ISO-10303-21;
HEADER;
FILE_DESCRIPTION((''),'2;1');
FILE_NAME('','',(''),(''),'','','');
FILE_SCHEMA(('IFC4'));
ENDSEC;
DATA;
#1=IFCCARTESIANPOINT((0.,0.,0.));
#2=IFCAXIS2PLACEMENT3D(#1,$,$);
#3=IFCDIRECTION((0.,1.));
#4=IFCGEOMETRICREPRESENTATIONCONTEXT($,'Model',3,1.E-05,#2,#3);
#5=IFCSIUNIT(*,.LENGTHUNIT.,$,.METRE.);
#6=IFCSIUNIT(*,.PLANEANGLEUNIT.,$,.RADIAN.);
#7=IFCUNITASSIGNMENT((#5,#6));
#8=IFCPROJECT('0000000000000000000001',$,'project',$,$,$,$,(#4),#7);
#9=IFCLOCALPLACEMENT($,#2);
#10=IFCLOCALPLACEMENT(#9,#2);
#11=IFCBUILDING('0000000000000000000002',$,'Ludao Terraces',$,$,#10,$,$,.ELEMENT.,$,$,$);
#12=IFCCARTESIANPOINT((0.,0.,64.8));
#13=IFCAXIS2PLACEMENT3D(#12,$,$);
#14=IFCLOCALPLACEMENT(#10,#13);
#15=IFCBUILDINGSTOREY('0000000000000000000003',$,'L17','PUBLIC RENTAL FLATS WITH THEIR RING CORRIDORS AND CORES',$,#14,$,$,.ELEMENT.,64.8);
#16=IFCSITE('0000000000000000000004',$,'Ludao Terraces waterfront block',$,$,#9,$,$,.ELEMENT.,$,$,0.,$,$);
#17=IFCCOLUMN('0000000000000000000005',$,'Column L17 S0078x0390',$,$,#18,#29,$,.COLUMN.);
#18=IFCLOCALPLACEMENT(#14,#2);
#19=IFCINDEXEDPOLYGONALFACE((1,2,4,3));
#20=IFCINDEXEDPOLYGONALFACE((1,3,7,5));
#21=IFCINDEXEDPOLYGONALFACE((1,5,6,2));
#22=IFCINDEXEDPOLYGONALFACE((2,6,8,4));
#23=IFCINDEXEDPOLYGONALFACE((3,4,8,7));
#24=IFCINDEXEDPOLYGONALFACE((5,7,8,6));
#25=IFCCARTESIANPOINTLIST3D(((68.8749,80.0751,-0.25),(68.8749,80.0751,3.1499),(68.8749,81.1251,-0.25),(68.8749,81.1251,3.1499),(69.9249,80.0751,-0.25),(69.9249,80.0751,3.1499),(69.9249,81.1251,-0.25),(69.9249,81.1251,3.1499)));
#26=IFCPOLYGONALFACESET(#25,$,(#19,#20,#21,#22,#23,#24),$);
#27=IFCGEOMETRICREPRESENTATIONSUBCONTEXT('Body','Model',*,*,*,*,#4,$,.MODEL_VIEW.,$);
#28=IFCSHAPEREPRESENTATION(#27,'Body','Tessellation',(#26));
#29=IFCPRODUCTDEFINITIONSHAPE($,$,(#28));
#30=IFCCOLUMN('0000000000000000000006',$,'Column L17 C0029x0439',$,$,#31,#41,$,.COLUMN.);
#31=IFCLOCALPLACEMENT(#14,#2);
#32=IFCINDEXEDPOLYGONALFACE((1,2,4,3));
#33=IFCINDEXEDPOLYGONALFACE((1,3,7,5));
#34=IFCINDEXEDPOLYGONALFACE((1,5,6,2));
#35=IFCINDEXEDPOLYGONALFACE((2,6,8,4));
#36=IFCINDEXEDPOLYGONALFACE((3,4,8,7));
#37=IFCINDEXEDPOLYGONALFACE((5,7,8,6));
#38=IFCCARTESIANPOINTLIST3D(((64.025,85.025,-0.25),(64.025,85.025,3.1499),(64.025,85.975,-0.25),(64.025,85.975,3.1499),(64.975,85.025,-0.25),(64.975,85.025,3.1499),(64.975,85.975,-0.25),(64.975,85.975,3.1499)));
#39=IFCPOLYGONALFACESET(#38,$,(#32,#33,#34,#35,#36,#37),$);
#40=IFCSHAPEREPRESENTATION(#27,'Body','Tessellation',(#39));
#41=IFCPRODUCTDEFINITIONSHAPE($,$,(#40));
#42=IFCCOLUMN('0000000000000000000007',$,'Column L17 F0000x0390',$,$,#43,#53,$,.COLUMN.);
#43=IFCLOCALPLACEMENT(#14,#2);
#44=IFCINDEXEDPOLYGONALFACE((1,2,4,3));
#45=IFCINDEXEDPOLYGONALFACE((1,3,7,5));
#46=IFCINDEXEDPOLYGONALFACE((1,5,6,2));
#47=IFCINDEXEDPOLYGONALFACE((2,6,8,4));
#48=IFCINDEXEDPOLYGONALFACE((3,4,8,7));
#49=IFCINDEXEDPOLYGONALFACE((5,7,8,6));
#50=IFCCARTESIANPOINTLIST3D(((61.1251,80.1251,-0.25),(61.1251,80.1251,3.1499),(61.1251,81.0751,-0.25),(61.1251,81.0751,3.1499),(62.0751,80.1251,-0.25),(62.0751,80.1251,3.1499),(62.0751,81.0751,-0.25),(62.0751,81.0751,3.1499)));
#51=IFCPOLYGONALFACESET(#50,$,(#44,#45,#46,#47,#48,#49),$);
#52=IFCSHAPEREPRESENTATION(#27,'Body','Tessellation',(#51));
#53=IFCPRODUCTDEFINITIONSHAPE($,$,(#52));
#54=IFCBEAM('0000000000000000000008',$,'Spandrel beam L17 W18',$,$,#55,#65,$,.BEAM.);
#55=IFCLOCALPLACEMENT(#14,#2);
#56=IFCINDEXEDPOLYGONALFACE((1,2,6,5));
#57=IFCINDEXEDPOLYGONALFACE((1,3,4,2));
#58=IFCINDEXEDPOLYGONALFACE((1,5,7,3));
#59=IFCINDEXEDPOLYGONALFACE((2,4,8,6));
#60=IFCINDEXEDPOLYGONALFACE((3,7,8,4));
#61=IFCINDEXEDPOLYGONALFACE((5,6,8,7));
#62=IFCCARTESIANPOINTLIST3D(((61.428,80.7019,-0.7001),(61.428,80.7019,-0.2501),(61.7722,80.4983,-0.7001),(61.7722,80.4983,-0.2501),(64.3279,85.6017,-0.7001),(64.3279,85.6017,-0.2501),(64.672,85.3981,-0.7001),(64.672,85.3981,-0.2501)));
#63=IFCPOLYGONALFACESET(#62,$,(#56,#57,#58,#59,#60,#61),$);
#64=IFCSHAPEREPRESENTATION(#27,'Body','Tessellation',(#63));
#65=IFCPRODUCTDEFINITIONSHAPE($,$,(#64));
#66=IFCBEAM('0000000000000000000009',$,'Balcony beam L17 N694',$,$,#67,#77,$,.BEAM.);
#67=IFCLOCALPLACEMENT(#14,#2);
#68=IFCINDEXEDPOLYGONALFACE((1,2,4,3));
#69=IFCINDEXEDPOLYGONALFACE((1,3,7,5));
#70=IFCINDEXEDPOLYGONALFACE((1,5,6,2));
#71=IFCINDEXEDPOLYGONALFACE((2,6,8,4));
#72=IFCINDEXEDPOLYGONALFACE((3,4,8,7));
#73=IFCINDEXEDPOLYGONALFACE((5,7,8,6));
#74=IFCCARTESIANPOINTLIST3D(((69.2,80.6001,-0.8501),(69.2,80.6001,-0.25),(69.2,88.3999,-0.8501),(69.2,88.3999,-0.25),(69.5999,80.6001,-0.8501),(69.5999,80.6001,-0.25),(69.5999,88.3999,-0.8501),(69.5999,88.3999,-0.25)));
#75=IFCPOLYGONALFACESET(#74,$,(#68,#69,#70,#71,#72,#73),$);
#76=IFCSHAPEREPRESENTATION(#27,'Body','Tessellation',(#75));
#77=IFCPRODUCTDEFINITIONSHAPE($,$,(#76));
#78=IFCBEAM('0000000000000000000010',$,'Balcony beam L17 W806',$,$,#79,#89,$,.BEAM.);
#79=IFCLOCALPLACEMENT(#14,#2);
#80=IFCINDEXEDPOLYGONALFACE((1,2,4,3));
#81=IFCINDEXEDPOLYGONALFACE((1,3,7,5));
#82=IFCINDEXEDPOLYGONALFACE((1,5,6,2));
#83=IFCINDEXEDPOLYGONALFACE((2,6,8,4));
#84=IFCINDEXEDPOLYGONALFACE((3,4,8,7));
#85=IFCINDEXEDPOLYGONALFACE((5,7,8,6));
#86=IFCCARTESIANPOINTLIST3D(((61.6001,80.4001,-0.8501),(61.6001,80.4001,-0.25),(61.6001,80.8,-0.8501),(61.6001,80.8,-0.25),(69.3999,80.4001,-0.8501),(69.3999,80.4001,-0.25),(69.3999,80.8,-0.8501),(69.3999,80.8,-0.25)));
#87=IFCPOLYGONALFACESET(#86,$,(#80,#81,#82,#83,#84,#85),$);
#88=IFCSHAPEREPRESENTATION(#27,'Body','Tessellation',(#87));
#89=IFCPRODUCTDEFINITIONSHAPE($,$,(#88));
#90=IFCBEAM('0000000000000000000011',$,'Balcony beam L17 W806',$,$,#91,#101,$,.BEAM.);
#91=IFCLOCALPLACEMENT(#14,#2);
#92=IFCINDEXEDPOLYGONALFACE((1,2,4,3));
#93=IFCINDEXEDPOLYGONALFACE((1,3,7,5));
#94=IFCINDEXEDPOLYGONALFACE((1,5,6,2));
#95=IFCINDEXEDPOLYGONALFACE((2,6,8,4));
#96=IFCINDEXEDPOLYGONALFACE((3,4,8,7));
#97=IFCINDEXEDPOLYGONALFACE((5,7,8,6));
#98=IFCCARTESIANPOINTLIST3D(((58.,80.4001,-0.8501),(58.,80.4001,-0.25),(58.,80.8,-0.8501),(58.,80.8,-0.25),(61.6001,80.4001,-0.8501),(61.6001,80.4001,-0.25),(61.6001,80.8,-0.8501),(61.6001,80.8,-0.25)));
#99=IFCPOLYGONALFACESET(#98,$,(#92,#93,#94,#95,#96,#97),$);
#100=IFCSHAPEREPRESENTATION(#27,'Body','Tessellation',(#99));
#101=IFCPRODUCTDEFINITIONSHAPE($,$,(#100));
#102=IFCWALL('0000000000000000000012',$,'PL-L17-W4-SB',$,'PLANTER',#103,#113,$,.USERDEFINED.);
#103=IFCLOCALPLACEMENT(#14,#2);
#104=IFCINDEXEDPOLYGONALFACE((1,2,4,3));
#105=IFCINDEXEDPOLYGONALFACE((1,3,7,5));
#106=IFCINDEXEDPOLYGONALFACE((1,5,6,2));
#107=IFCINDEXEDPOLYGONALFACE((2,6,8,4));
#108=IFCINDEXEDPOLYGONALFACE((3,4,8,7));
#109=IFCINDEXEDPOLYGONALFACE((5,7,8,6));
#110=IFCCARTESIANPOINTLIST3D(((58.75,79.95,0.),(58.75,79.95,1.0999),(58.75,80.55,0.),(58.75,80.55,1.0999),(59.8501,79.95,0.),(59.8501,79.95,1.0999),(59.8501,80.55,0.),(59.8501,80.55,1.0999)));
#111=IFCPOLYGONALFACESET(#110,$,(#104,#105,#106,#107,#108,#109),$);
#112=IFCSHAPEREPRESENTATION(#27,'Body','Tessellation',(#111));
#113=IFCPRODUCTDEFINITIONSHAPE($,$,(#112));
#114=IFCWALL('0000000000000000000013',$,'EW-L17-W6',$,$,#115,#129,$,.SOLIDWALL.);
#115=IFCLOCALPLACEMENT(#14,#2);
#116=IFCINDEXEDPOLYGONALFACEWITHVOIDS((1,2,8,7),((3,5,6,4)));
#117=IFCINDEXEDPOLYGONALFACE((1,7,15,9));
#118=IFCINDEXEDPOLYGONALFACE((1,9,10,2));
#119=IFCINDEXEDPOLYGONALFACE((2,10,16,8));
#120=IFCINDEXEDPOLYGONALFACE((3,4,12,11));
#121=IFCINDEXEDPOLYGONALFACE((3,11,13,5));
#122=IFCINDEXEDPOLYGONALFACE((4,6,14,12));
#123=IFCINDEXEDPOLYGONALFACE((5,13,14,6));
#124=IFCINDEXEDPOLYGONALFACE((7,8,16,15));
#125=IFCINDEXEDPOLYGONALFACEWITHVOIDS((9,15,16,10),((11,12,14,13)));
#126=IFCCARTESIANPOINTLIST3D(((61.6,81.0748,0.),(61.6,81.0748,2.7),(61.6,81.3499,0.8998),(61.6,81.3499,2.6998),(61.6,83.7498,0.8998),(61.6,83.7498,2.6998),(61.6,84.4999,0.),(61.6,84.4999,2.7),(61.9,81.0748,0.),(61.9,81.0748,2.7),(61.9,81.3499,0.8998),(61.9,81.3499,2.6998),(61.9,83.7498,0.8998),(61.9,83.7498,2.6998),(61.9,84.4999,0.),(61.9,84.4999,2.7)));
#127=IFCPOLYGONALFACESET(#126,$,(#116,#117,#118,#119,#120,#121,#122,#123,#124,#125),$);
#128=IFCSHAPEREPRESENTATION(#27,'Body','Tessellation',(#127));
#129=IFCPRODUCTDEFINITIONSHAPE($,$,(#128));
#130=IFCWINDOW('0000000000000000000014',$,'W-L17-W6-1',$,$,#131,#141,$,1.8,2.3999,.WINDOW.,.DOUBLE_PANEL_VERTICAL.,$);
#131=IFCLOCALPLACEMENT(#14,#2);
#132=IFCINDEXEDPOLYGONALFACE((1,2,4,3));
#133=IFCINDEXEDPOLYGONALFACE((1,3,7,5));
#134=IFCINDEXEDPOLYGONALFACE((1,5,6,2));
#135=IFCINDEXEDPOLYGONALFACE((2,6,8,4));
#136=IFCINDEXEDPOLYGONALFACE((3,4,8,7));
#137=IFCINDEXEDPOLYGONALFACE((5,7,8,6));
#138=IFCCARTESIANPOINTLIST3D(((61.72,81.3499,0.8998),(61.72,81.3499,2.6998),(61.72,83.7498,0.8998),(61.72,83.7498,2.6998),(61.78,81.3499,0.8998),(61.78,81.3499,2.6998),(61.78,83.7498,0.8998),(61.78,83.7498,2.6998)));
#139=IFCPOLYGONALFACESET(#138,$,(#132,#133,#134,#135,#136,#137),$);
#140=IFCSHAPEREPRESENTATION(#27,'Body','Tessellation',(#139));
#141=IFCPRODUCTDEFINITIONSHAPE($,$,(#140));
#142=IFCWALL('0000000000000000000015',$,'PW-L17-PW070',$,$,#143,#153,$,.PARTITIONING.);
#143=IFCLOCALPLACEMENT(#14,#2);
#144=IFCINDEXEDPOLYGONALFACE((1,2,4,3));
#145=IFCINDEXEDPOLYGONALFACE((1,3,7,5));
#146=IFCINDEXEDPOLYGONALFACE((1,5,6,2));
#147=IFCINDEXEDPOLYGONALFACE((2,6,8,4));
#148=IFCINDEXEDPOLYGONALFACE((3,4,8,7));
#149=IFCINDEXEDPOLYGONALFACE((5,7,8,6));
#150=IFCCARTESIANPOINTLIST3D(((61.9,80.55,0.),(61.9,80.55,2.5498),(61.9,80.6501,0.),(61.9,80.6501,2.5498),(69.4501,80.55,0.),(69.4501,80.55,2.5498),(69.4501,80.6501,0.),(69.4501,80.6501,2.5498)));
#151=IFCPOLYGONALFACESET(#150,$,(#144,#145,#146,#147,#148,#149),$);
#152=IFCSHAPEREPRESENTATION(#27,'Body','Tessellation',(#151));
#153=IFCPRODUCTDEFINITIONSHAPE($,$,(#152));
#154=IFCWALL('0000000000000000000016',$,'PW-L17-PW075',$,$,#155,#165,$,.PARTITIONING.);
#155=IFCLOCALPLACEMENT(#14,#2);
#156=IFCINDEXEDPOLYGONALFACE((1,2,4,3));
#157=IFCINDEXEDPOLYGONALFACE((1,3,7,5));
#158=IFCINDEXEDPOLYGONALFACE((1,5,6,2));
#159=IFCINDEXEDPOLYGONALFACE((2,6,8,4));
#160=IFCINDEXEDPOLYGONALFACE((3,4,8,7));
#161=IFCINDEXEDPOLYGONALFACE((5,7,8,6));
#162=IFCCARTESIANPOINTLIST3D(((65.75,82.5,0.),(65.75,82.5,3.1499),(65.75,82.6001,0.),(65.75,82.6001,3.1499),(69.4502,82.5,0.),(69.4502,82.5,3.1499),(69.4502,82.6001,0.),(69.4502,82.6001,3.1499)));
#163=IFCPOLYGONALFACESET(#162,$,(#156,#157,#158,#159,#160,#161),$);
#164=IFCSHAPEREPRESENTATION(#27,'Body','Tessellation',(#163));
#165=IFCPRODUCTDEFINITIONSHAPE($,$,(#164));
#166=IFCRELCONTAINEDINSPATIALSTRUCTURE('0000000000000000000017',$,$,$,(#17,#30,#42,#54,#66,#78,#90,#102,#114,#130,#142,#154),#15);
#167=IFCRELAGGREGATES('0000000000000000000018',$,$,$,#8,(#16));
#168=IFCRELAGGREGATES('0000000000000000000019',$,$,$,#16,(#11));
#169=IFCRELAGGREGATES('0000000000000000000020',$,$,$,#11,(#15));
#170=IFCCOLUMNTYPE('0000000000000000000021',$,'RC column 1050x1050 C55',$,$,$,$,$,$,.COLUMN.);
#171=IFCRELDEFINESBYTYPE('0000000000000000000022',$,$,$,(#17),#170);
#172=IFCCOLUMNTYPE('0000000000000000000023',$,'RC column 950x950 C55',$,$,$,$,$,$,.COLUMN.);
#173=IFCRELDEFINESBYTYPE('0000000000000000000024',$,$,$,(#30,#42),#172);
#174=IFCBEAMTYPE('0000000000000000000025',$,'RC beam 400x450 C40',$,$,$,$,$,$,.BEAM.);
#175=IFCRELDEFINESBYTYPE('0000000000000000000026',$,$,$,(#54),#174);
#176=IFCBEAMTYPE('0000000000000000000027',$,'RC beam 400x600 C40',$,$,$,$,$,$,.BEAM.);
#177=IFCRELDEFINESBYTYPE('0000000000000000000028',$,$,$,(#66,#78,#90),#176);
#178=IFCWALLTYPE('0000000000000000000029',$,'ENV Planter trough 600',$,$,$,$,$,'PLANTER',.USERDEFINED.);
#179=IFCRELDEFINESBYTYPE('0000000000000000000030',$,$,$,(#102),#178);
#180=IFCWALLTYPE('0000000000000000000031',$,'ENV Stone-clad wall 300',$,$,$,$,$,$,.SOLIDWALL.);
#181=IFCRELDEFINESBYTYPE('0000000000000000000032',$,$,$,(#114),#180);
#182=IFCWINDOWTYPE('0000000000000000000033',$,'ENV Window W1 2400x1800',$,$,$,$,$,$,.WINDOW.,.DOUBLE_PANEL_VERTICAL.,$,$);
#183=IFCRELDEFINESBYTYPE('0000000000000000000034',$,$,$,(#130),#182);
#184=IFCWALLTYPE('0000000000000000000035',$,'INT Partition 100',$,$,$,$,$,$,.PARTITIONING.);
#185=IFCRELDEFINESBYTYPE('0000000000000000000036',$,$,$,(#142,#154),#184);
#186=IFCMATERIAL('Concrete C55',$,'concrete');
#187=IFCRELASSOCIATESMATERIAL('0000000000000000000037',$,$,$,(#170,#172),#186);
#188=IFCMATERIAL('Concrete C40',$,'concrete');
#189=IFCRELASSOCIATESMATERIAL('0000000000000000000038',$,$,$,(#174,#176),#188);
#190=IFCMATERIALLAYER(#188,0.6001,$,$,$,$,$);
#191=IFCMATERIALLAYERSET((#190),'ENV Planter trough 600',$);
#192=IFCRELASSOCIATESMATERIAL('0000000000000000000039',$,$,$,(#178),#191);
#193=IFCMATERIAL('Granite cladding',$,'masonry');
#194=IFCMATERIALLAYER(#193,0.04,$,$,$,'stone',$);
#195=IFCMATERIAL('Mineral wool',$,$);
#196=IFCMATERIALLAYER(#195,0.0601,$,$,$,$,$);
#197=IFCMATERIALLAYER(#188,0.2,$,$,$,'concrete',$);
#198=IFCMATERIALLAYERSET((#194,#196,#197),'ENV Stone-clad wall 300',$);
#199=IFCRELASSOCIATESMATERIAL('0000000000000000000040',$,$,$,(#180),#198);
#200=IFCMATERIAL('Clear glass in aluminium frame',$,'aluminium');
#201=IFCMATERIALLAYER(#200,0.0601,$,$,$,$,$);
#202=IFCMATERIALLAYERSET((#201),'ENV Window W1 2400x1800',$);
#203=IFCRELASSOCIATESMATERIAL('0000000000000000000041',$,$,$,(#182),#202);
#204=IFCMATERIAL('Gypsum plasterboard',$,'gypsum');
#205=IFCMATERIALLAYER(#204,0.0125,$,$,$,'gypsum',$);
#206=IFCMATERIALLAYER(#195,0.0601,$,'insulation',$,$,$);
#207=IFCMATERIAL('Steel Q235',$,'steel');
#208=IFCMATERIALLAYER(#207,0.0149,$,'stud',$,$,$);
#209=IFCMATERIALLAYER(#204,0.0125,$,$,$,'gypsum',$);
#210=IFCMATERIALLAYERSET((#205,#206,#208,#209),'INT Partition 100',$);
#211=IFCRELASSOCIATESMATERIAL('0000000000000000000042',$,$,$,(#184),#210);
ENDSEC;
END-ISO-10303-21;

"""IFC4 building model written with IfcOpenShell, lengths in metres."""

from ifc_helpers import new_model, si_unit, direction, frame, frame_2d, origin, origin_2d, place, context, subcontext, project, spatial, rectangle, extrude, material, layer, layer_set, material_profile, profile_set, type_object, element, fill, save


model = new_model("IFC4")

# Units and contexts
model_context = context("Model", 3, precision=1e-05, world=origin(), true_north=direction((0.0, 1.0)))
body_context = subcontext(model_context, "Body", "Model", "MODEL_VIEW")
ifc_project = project(units=[si_unit("LENGTHUNIT", "METRE"), si_unit("PLANEANGLEUNIT", "RADIAN")], contexts=[model_context])

# Site, building, storey
site_placement = place(None, origin())
site = spatial("IfcSite", under=ifc_project, at=site_placement, Name="Ludao Terraces waterfront block", CompositionType="ELEMENT", RefElevation=0.0)
building_placement = place(site_placement, origin())
building = spatial("IfcBuilding", under=site, at=building_placement, Name="Ludao Terraces", CompositionType="ELEMENT")
storey_placement = place(building_placement, frame((0.0, 0.0, 64.8)))
storey = spatial("IfcBuildingStorey", under=building, at=storey_placement, Name="L17", Description="PUBLIC RENTAL FLATS WITH THEIR RING CORRIDORS AND CORES", CompositionType="ELEMENT", Elevation=64.8)

# Columns
ifc_material_1 = material(Name="Concrete C55", Category="concrete")
ifc_material_profile_1 = material_profile(ifc_material_1, rectangle(XDim=1.05, YDim=1.05, at=origin_2d()), Name="1050 X 1050")
ifc_profile_set_1 = profile_set([ifc_material_profile_1], Name="Concrete C55")
column_type_1 = type_object("IfcColumnType", Name="RC column 1050x1050 C55", PredefinedType="COLUMN", material=ifc_profile_set_1)
column_placement = place(storey_placement, frame((69.3999, 80.6001, -0.25), z_axis=(0.0, 0.0, 1.0), x_axis=(1.0, 0.0, 0.0)))
element("IfcColumn", 1, at=column_placement, inside=storey, type_object=column_type_1, Name="Column L17 S0078x0390", PredefinedType="COLUMN", context=body_context, shape_type="SweptSolid", body=[
    extrude(rectangle(XDim=1.05, YDim=1.05, at=origin_2d()), origin(), (0.0, 0.0, 1.0), 3.3999),
])
ifc_material_profile_2 = material_profile(ifc_material_1, rectangle(XDim=0.95, YDim=0.95, at=origin_2d()), Name="950 X 950")
ifc_profile_set_2 = profile_set([ifc_material_profile_2], Name="Concrete C55")
column_type_2 = type_object("IfcColumnType", Name="RC column 950x950 C55", PredefinedType="COLUMN", material=ifc_profile_set_2)
for number, where, z_axis, x_axis, name in (
    (2, (64.5, 85.5, -0.25), (0.0, 0.0, 1.0), (1.0, 0.0, 0.0), "Column L17 C0029x0439"),
    (3, (61.6001, 80.6001, -0.25), (0.0, 0.0, 1.0), (1.0, 0.0, 0.0), "Column L17 F0000x0390"),
):
    element("IfcColumn", number, at=place(storey_placement, frame(where, z_axis=z_axis, x_axis=x_axis)), inside=storey, type_object=column_type_2, Name=name, PredefinedType="COLUMN", context=body_context, shape_type="SweptSolid", body=[
        extrude(rectangle(XDim=0.95, YDim=0.95, at=origin_2d()), origin(), (0.0, 0.0, 1.0), 3.3999),
    ])

# Beams
ifc_material_2 = material(Name="Concrete C40", Category="concrete")
ifc_material_profile_3 = material_profile(ifc_material_2, rectangle(XDim=0.3999, YDim=0.45, at=origin_2d()), Name="400 X 450")
ifc_profile_set_3 = profile_set([ifc_material_profile_3], Name="Concrete C40")
beam_type_1 = type_object("IfcBeamType", Name="RC beam 400x450 C40", PredefinedType="BEAM", material=ifc_profile_set_3)
beam_1_placement = place(storey_placement, frame((61.6001, 80.6001, -0.4751), z_axis=(0.509316, 0.86058, 0.0), x_axis=(-0.86058, 0.509316, 0.0)))
element("IfcBeam", 4, at=beam_1_placement, inside=storey, type_object=beam_type_1, Name="Spandrel beam L17 W18", PredefinedType="BEAM", context=body_context, shape_type="SweptSolid", body=[
    extrude(rectangle(XDim=0.3999, YDim=0.45, at=origin_2d()), origin(), (0.0, 0.0, 1.0), 5.6936),
])
ifc_material_profile_4 = material_profile(ifc_material_2, rectangle(XDim=0.3999, YDim=0.6001, at=origin_2d()), Name="400 X 600")
ifc_profile_set_4 = profile_set([ifc_material_profile_4], Name="Concrete C40")
beam_type_2 = type_object("IfcBeamType", Name="RC beam 400x600 C40", PredefinedType="BEAM", material=ifc_profile_set_4)
for number, where, z_axis, x_axis, name in (
    (5, (69.3999, 80.6001, -0.55), (0.0, 1.0, 0.0), (-1.0, 0.0, 0.0), "Balcony beam L17 N694"),
    (6, (69.3999, 80.6001, -0.55), (-1.0, 0.0, 0.0), (0.0, -1.0, 0.0), "Balcony beam L17 W806"),
):
    element("IfcBeam", number, at=place(storey_placement, frame(where, z_axis=z_axis, x_axis=x_axis)), inside=storey, type_object=beam_type_2, Name=name, PredefinedType="BEAM", context=body_context, shape_type="SweptSolid", body=[
        extrude(rectangle(XDim=0.3999, YDim=0.6001, at=origin_2d()), origin(), (0.0, 0.0, 1.0), 7.7998),
    ])
beam_2_placement = place(storey_placement, frame((61.6001, 80.6001, -0.55), z_axis=(-1.0, 0.0, 0.0), x_axis=(0.0, -1.0, 0.0)))
element("IfcBeam", 7, at=beam_2_placement, inside=storey, type_object=beam_type_2, Name="Balcony beam L17 W806", PredefinedType="BEAM", context=body_context, shape_type="SweptSolid", body=[
    extrude(rectangle(XDim=0.3999, YDim=0.6001, at=origin_2d()), origin(), (0.0, 0.0, 1.0), 3.6001),
])

# Wall
ifc_layer_1 = layer(ifc_material_2, 0.6001)
ifc_layer_set_1 = layer_set([ifc_layer_1], Name="ENV Planter trough 600")
wall_type_1 = type_object("IfcWallType", Name="ENV Planter trough 600", ElementType="PLANTER", PredefinedType="USERDEFINED", material=ifc_layer_set_1)
wall_1_placement = place(storey_placement, frame((58.75, 80.25, 0.0), z_axis=(0.0, 0.0, 1.0), x_axis=(1.0, 0.0, 0.0)))
element("IfcWall", 8, at=wall_1_placement, inside=storey, type_object=wall_type_1, Name="PL-L17-W4-SB", ObjectType="PLANTER", PredefinedType="USERDEFINED", context=body_context, shape_type="SweptSolid", body=[
    extrude(rectangle(XDim=1.1001, YDim=0.6001, at=frame_2d((0.55, 0.0))), origin(), (0.0, 0.0, 1.0), 1.0999),
])

# Wall, opening, window
ifc_material_3 = material(Name="Granite cladding", Category="masonry")
ifc_layer_2 = layer(ifc_material_3, 0.04, Category="stone")
ifc_material_4 = material(Name="Mineral wool")
ifc_layer_3 = layer(ifc_material_4, 0.0601)
ifc_layer_4 = layer(ifc_material_2, 0.2, Category="concrete")
ifc_layer_set_2 = layer_set([ifc_layer_2, ifc_layer_3, ifc_layer_4], Name="ENV Stone-clad wall 300")
wall_type_2 = type_object("IfcWallType", Name="ENV Stone-clad wall 300", PredefinedType="SOLIDWALL", material=ifc_layer_set_2)
wall_2_placement = place(storey_placement, frame((61.75, 81.075, 0.0), z_axis=(0.0, 0.0, 1.0), x_axis=(0.0, 1.0, 0.0)))
wall_2 = element("IfcWall", 9, at=wall_2_placement, inside=storey, type_object=wall_type_2, Name="EW-L17-W6", PredefinedType="SOLIDWALL", context=body_context, shape_type="SweptSolid", body=[
    extrude(rectangle(XDim=3.425, YDim=0.3, at=frame_2d((1.7124, 0.0))), origin(), (0.0, 0.0, 1.0), 2.7),
])
opening_1_placement = place(wall_2_placement, frame((0.2749, 0.0, 0.8999)))
opening_1 = element("IfcOpeningElement", 10, at=opening_1_placement, cuts=wall_2, PredefinedType="OPENING", context=body_context, shape_type="SweptSolid", body=[
    extrude(rectangle(XDim=2.3999, YDim=1.8, at=frame_2d((1.2, 0.8999))), frame((0.0, 0.1602, 0.0), z_axis=(0.0, -1.0, 0.0), x_axis=(1.0, 0.0, 0.0)), (0.0, 0.0, 1.0), 0.3201),
])
ifc_material_5 = material(Name="Clear glass in aluminium frame", Category="aluminium")
ifc_layer_5 = layer(ifc_material_5, 0.0601)
ifc_layer_set_3 = layer_set([ifc_layer_5], Name="ENV Window W1 2400x1800")
window_type = type_object("IfcWindowType", Name="ENV Window W1 2400x1800", PartitioningType="DOUBLE_PANEL_VERTICAL", PredefinedType="WINDOW", material=ifc_layer_set_3)
window_placement = place(opening_1_placement, origin())
window = element("IfcWindow", 11, at=window_placement, inside=storey, type_object=window_type, Name="W-L17-W6-1", OverallHeight=1.8, OverallWidth=2.3999, PartitioningType="DOUBLE_PANEL_VERTICAL", PredefinedType="WINDOW", context=body_context, shape_type="SweptSolid", body=[
    extrude(rectangle(XDim=2.3999, YDim=1.8, at=frame_2d((1.2, 0.8999))), frame((0.0, 0.03, 0.0), z_axis=(0.0, -1.0, 0.0), x_axis=(1.0, 0.0, 0.0)), (0.0, 0.0, 1.0), 0.0601),
])
fill(opening_1, window)

# Walls
ifc_material_6 = material(Name="Gypsum plasterboard", Category="gypsum")
ifc_layer_6 = layer(ifc_material_6, 0.0125, Category="gypsum")
ifc_layer_7 = layer(ifc_material_4, 0.0601, Name="insulation")
ifc_material_7 = material(Name="Steel Q235", Category="steel")
ifc_layer_8 = layer(ifc_material_7, 0.0149, Name="stud")
ifc_layer_9 = layer(ifc_material_6, 0.0125, Category="gypsum")
ifc_layer_set_4 = layer_set([ifc_layer_6, ifc_layer_7, ifc_layer_8, ifc_layer_9], Name="INT Partition 100")
wall_type_3 = type_object("IfcWallType", Name="INT Partition 100", PredefinedType="PARTITIONING", material=ifc_layer_set_4)
wall_3_placement = place(storey_placement, frame((61.9001, 80.6001, 0.0), z_axis=(0.0, 0.0, 1.0), x_axis=(1.0, 0.0, 0.0)))
element("IfcWall", 12, at=wall_3_placement, inside=storey, type_object=wall_type_3, Name="PW-L17-PW070", PredefinedType="PARTITIONING", context=body_context, shape_type="SweptSolid", body=[
    extrude(rectangle(XDim=7.55, YDim=0.1001, at=frame_2d((3.7749, 0.0))), origin(), (0.0, 0.0, 1.0), 2.5498),
])
wall_4_placement = place(storey_placement, frame((65.75, 82.55, 0.0), z_axis=(0.0, 0.0, 1.0), x_axis=(1.0, 0.0, 0.0)))
element("IfcWall", 13, at=wall_4_placement, inside=storey, type_object=wall_type_3, Name="PW-L17-PW075", PredefinedType="PARTITIONING", context=body_context, shape_type="SweptSolid", body=[
    extrude(rectangle(XDim=3.7002, YDim=0.1001, at=frame_2d((1.8501, 0.0))), origin(), (0.0, 0.0, 1.0), 3.1499),
])

save(model, "model.ifc")
